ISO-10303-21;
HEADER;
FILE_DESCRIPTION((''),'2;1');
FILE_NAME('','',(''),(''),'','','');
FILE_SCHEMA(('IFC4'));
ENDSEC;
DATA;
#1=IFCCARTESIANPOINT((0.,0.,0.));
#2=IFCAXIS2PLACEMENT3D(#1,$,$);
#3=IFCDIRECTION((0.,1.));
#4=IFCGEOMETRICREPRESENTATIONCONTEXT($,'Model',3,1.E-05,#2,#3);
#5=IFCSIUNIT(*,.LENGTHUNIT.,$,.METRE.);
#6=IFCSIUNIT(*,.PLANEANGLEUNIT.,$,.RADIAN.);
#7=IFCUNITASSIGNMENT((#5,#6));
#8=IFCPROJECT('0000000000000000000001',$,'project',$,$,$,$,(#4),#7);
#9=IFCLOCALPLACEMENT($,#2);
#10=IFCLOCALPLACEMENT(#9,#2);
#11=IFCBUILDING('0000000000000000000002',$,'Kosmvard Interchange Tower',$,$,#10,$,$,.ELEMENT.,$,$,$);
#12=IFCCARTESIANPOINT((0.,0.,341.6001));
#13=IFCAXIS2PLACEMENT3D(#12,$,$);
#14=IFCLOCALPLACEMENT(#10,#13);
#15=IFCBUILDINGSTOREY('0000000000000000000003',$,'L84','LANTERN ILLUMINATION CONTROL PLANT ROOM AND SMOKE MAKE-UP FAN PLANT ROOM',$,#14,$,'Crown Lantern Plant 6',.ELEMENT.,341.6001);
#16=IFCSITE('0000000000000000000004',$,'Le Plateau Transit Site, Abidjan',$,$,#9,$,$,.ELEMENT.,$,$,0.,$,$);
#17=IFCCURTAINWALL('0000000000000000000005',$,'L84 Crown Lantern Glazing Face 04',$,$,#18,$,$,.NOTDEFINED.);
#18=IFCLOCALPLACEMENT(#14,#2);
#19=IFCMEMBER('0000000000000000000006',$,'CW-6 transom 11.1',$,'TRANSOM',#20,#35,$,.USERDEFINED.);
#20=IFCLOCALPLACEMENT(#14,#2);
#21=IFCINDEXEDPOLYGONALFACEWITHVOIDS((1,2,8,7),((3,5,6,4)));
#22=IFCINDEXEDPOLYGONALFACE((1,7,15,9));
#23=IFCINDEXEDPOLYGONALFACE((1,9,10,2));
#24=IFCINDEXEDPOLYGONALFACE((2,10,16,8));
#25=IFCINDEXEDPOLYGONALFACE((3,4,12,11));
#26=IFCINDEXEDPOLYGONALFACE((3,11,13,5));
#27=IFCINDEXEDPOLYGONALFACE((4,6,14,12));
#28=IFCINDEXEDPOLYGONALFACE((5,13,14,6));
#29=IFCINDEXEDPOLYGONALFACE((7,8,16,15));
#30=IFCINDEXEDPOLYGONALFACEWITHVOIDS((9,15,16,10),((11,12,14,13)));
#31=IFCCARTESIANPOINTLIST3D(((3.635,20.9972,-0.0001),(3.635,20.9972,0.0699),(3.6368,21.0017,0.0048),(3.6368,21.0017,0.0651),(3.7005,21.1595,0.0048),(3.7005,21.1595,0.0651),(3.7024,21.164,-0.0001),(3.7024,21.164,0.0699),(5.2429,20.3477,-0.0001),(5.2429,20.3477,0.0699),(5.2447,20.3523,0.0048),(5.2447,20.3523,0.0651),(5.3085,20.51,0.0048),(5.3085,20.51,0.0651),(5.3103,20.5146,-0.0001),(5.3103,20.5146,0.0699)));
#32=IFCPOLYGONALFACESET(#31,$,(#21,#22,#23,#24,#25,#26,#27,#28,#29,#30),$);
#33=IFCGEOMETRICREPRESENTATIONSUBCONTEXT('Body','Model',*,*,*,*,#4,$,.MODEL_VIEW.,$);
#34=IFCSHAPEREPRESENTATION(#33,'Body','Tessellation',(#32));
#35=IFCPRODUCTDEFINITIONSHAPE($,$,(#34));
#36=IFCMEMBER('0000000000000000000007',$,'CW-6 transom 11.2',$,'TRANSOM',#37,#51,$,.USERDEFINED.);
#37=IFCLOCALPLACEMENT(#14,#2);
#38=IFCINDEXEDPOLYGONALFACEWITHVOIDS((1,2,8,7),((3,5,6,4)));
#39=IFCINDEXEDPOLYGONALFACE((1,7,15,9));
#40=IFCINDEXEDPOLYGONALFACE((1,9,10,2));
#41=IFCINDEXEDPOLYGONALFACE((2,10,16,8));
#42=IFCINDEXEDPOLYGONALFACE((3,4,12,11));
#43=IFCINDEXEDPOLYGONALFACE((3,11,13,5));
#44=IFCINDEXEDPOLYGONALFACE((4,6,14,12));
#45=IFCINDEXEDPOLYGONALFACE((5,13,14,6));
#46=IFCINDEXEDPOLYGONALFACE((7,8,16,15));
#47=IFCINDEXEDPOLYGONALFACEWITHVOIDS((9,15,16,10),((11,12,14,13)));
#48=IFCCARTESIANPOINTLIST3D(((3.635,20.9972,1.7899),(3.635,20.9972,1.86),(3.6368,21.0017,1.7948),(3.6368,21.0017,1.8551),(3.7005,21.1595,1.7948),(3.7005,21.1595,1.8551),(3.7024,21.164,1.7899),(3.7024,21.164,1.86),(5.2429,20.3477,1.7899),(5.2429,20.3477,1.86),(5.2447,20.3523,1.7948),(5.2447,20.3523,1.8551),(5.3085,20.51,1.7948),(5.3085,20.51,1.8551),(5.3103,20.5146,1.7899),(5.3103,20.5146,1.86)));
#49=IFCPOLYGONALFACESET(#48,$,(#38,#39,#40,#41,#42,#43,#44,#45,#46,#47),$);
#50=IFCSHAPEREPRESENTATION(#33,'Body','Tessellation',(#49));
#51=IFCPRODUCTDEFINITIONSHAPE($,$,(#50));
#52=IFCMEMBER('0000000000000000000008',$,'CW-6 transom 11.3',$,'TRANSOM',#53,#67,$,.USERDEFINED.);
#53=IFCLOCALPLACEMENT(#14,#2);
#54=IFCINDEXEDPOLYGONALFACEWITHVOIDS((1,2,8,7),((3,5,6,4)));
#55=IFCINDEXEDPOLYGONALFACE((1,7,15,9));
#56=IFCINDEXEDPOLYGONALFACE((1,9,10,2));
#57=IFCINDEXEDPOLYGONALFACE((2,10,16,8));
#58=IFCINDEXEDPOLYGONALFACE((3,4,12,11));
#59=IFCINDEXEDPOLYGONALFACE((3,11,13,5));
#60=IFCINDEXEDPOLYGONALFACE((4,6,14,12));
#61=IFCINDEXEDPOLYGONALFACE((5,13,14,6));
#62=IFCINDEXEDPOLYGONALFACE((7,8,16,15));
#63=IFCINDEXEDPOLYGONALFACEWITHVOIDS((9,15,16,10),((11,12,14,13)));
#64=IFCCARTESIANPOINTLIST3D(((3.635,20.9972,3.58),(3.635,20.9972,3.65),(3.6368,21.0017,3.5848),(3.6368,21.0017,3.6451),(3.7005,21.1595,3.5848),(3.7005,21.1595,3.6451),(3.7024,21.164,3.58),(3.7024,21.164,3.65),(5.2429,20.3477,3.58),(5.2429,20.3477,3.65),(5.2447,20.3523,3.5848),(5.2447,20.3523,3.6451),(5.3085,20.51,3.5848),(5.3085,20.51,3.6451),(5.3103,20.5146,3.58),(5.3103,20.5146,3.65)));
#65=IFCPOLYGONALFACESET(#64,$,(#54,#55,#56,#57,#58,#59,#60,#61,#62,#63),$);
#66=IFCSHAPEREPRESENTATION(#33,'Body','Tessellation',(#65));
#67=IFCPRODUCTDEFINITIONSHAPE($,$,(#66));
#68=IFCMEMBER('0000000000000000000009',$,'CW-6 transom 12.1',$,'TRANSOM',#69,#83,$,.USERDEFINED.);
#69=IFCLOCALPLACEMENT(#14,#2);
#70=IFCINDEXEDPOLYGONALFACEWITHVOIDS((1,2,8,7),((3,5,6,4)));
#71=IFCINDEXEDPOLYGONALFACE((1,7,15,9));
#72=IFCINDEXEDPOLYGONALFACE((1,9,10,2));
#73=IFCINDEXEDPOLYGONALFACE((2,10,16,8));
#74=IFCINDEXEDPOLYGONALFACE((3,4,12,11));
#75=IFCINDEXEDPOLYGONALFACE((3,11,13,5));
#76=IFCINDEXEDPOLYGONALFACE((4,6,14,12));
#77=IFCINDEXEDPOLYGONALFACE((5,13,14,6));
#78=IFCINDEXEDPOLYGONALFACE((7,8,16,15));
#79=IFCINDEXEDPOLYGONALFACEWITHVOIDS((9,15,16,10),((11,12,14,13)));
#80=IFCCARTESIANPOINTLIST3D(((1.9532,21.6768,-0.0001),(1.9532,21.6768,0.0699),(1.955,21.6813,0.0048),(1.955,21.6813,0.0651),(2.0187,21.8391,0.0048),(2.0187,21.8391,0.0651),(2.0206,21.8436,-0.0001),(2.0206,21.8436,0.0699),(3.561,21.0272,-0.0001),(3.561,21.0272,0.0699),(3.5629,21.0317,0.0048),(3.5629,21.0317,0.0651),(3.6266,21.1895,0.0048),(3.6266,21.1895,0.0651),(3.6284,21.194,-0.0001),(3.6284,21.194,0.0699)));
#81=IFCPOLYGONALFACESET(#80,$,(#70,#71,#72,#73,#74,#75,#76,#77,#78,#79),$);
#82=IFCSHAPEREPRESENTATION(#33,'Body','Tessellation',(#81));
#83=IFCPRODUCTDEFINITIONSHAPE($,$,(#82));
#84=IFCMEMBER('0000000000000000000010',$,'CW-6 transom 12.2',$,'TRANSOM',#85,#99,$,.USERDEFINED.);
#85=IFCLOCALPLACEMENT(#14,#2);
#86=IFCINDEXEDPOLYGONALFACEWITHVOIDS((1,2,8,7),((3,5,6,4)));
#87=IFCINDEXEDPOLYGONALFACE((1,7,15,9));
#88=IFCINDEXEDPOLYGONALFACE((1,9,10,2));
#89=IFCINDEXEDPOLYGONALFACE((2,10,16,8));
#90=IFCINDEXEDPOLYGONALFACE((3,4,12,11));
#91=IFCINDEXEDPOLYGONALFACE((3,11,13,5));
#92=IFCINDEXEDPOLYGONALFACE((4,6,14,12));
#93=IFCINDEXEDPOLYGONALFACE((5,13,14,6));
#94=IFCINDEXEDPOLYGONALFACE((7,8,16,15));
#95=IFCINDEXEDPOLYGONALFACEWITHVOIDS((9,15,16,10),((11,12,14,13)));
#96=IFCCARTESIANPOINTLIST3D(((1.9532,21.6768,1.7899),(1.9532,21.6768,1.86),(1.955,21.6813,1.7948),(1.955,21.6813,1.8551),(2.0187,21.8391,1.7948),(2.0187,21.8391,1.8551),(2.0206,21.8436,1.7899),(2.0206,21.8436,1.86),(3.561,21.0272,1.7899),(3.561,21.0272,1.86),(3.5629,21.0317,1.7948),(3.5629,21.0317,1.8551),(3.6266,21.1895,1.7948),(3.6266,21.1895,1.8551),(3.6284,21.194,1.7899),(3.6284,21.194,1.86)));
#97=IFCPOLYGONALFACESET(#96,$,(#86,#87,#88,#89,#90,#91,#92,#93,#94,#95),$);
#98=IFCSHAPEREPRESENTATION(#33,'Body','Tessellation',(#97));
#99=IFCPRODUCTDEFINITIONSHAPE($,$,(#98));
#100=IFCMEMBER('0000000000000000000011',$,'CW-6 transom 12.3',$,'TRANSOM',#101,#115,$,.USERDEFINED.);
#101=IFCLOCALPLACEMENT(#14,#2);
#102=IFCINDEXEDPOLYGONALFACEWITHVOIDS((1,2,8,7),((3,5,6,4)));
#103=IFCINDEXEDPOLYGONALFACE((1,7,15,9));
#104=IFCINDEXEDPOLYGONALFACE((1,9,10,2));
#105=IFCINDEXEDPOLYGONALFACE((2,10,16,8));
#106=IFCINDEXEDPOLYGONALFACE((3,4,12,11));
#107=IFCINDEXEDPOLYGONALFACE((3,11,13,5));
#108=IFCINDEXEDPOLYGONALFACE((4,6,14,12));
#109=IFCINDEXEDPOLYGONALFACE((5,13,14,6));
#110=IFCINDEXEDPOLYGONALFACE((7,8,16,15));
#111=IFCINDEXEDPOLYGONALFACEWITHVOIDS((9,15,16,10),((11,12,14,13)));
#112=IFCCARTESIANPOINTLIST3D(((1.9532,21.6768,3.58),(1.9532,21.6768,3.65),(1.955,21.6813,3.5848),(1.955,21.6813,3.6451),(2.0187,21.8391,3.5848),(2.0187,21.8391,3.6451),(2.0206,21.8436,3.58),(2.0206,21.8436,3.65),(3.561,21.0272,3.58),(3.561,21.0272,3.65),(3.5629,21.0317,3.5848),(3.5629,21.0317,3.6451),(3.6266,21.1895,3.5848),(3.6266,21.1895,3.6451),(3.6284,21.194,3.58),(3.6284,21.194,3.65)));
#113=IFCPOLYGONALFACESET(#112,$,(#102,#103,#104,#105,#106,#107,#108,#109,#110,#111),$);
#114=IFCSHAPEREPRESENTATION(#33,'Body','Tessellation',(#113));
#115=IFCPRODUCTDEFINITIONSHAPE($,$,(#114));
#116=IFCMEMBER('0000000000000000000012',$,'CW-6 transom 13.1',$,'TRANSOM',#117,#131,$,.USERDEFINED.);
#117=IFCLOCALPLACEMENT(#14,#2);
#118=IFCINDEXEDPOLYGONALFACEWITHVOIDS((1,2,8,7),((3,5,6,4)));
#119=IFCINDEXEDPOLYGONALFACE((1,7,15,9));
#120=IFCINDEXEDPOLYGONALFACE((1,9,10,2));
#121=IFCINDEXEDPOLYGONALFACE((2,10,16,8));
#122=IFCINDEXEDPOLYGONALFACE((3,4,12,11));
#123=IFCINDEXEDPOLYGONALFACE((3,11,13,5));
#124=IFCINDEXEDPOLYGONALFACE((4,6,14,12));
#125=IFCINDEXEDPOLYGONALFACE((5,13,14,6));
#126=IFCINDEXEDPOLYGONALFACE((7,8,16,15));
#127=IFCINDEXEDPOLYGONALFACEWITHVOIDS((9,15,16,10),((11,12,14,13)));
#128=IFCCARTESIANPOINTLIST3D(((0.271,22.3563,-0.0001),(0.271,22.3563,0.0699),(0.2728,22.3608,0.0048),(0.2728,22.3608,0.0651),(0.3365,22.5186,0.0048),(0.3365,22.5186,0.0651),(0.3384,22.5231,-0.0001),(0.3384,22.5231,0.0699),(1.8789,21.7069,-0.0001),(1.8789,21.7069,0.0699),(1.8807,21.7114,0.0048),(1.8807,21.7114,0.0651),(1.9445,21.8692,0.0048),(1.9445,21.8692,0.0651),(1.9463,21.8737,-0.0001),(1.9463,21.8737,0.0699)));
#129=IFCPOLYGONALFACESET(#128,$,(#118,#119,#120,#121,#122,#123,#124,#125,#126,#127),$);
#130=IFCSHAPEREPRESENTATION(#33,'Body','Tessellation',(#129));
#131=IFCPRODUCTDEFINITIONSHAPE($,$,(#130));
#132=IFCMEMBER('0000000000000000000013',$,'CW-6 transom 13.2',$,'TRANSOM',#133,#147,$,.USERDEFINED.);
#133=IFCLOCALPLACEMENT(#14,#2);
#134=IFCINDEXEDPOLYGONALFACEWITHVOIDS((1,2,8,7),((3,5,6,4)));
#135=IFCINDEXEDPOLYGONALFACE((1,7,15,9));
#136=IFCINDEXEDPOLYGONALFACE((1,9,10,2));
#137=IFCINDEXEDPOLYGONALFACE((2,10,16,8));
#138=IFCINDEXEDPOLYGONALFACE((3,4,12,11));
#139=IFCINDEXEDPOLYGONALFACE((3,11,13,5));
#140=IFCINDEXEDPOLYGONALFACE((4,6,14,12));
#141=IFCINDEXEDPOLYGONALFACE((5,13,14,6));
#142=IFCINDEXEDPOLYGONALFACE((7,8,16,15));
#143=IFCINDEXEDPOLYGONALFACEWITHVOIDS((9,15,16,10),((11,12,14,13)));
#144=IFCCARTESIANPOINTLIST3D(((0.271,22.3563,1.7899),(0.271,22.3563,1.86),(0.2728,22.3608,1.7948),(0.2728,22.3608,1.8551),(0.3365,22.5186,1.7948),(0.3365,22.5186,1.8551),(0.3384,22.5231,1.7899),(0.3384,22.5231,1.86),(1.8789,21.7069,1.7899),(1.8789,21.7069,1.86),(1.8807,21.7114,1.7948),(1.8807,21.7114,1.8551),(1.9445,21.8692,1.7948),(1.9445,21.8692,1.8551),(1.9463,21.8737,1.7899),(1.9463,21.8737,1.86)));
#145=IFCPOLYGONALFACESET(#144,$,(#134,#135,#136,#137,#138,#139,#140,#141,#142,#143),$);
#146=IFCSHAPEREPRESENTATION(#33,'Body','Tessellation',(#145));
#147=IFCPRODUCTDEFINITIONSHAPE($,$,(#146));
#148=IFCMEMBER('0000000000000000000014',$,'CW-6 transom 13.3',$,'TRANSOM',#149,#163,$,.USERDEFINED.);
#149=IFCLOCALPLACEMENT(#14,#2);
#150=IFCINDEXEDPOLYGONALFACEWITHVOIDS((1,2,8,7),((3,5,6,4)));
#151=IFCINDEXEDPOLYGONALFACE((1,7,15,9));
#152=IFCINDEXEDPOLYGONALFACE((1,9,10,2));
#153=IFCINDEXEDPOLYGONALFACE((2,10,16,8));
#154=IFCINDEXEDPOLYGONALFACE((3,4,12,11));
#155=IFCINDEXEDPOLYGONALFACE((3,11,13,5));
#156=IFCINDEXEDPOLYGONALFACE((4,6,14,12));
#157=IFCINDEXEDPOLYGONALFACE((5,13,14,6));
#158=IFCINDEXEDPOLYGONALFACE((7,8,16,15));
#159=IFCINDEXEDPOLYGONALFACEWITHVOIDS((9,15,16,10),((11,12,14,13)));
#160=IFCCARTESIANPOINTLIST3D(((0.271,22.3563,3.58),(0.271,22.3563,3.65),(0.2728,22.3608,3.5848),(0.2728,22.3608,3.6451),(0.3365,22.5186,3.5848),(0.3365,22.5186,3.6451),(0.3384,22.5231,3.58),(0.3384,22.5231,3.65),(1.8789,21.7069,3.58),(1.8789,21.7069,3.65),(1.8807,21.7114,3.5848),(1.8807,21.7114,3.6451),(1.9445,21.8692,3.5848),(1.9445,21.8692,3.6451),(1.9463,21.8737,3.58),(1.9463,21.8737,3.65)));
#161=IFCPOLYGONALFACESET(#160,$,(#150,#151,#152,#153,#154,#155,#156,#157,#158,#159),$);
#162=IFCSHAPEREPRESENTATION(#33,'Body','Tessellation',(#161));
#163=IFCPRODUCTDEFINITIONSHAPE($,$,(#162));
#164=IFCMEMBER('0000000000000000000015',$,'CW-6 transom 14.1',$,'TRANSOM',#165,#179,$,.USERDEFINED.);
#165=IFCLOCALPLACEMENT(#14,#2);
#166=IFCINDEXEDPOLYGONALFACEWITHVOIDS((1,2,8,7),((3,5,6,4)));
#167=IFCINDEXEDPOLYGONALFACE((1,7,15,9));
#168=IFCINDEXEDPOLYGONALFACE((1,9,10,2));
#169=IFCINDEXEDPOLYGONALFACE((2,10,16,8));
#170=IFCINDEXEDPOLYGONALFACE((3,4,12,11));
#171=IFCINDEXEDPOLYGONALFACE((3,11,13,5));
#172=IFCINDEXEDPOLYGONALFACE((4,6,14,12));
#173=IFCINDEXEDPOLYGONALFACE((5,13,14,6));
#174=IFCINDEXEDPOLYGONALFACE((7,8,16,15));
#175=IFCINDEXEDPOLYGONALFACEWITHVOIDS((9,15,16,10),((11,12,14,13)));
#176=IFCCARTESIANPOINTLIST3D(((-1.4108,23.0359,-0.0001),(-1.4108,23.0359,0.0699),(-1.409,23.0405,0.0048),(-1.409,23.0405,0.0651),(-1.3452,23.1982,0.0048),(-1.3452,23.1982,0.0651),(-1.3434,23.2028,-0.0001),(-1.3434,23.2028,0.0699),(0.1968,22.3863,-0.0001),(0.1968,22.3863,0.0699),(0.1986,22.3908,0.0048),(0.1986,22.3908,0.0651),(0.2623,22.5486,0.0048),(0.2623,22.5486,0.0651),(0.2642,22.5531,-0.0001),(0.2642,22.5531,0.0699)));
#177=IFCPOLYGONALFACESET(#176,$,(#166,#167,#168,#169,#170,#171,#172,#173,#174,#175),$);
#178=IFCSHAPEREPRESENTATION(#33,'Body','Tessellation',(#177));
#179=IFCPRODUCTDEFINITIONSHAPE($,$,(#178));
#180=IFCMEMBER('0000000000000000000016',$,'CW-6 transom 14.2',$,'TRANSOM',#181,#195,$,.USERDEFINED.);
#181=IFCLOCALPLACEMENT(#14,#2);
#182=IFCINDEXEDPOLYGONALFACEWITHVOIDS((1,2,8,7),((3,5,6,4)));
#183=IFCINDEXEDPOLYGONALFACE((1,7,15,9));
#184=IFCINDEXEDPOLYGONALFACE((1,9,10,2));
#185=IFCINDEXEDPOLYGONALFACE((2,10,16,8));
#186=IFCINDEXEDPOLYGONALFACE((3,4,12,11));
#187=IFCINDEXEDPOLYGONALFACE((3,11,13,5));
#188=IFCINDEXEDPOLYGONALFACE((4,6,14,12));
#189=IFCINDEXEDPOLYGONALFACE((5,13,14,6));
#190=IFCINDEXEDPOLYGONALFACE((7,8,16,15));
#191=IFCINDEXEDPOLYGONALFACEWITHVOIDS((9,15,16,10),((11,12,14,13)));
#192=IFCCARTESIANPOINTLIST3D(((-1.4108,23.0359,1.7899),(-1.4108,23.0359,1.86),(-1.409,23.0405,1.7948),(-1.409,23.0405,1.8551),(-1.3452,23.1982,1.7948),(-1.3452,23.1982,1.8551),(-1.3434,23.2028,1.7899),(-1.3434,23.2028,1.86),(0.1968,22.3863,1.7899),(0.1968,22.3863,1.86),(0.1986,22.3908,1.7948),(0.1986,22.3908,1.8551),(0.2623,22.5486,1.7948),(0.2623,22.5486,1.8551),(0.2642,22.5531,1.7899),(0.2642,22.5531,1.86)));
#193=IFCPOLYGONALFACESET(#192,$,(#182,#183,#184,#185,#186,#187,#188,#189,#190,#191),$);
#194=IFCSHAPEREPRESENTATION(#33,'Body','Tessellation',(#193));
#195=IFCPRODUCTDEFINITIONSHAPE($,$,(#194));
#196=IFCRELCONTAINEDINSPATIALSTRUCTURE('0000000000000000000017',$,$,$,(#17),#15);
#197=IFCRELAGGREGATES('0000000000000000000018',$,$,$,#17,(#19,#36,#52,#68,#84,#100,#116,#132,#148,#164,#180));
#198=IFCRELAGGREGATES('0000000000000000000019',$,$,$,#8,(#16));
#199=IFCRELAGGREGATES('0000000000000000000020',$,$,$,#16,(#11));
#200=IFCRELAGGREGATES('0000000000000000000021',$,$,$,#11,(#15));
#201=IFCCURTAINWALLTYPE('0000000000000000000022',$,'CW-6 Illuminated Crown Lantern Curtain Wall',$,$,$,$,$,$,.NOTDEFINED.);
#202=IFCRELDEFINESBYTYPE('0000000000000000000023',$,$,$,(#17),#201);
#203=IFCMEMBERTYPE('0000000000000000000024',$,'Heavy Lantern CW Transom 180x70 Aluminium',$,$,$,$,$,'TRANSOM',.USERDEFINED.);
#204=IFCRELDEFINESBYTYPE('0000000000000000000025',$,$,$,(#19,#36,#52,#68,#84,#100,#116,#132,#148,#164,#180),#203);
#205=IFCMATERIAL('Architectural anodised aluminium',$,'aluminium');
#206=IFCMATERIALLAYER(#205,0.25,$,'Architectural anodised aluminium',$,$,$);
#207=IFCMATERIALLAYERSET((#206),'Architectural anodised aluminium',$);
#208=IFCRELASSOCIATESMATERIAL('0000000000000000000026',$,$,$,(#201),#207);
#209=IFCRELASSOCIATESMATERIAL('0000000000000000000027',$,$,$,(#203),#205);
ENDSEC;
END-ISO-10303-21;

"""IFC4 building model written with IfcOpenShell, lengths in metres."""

from ifc_helpers import new_model, si_unit, direction, frame, origin, origin_2d, place, context, subcontext, project, spatial, hollow_rectangle, extrude, source, transform, mapped, material, layer, layer_set, material_profile, profile_set, type_object, element, aggregate, save


model = new_model("IFC4")

# Units and contexts
model_context = context("Model", 3, precision=1e-05, world=origin(), true_north=direction((0.0, 1.0)))
body_context = subcontext(model_context, "Body", "Model", "MODEL_VIEW")
ifc_project = project(units=[si_unit("LENGTHUNIT", "METRE"), si_unit("PLANEANGLEUNIT", "RADIAN")], contexts=[model_context])

# Site, building, storey
site_placement = place(None, origin())
site = spatial("IfcSite", under=ifc_project, at=site_placement, Name="Le Plateau Transit Site, Abidjan", CompositionType="ELEMENT", RefElevation=0.0)
building_placement = place(site_placement, origin())
building = spatial("IfcBuilding", under=site, at=building_placement, Name="Kosmvard Interchange Tower", CompositionType="ELEMENT")
storey_placement = place(building_placement, frame((0.0, 0.0, 341.6001)))
storey = spatial("IfcBuildingStorey", under=building, at=storey_placement, Name="L84", Description="LANTERN ILLUMINATION CONTROL PLANT ROOM AND SMOKE MAKE-UP FAN PLANT ROOM", LongName="Crown Lantern Plant 6", CompositionType="ELEMENT", Elevation=341.6001)

# Curtain wall, members
ifc_material_1 = material(Name="Architectural anodised aluminium", Category="aluminium")
ifc_layer_1 = layer(ifc_material_1, 0.25, Name="Architectural anodised aluminium")
ifc_layer_set_1 = layer_set([ifc_layer_1], Name="Architectural anodised aluminium")
curtain_wall_type = type_object("IfcCurtainWallType", Name="CW-6 Illuminated Crown Lantern Curtain Wall", PredefinedType="NOTDEFINED", material=ifc_layer_set_1)
curtain_wall_placement = place(storey_placement, origin())
curtain_wall = element("IfcCurtainWall", 1, at=curtain_wall_placement, inside=storey, type_object=curtain_wall_type, Name="L84 Crown Lantern Glazing Face 04", PredefinedType="NOTDEFINED")
ifc_material_profile_1 = material_profile(ifc_material_1, hollow_rectangle(XDim=0.1799, YDim=0.0701, WallThickness=0.0049, at=origin_2d()), Name="CWT 180x70x5")
ifc_profile_set_1 = profile_set([ifc_material_profile_1], Name="Architectural anodised aluminium")
member_type_1 = type_object("IfcMemberType", Name="Heavy Lantern CW Transom 180x70 Aluminium", ElementType="TRANSOM", PredefinedType="USERDEFINED", material=ifc_profile_set_1)
shared_shape_1 = source(origin(), body_context, "Body", "SweptSolid", [
    extrude(hollow_rectangle(XDim=0.1799, YDim=0.0701, WallThickness=0.0049, at=origin_2d()), origin(), (0.0, 0.0, 1.0), 1.7341),
])
member_1_placement = place(storey_placement, frame((5.2766, 20.4312, 0.0349), z_axis=(-0.927229, 0.374496, 0.0), x_axis=(-0.374496, -0.927229, 0.0)))
member_1 = element("IfcMember", 2, at=member_1_placement, type_object=member_type_1, Name="CW-6 transom 11.1", ObjectType="TRANSOM", PredefinedType="USERDEFINED", context=body_context, shape_type="MappedRepresentation", body=[
    mapped(shared_shape_1, transform((0.0, 0.0, 0.0), scale=1.0)),
])
member_2_placement = place(storey_placement, frame((5.2766, 20.4312, 1.825), z_axis=(-0.927229, 0.374496, 0.0), x_axis=(-0.374496, -0.927229, 0.0)))
member_2 = element("IfcMember", 3, at=member_2_placement, type_object=member_type_1, Name="CW-6 transom 11.2", ObjectType="TRANSOM", PredefinedType="USERDEFINED", context=body_context, shape_type="MappedRepresentation", body=[
    mapped(shared_shape_1, transform((0.0, 0.0, 0.0), scale=1.0)),
])
member_3_placement = place(storey_placement, frame((5.2766, 20.4312, 3.615), z_axis=(-0.927229, 0.374496, 0.0), x_axis=(-0.374496, -0.927229, 0.0)))
member_3 = element("IfcMember", 4, at=member_3_placement, type_object=member_type_1, Name="CW-6 transom 11.3", ObjectType="TRANSOM", PredefinedType="USERDEFINED", context=body_context, shape_type="MappedRepresentation", body=[
    mapped(shared_shape_1, transform((0.0, 0.0, 0.0), scale=1.0)),
])
member_4_placement = place(storey_placement, frame((3.5947, 21.1106, 0.0349), z_axis=(-0.92718, 0.374617, 0.0), x_axis=(-0.374617, -0.92718, 0.0)))
member_4 = element("IfcMember", 5, at=member_4_placement, type_object=member_type_1, Name="CW-6 transom 12.1", ObjectType="TRANSOM", PredefinedType="USERDEFINED", context=body_context, shape_type="MappedRepresentation", body=[
    mapped(shared_shape_1, transform((0.0, 0.0, 0.0), scale=1.0)),
])
member_5_placement = place(storey_placement, frame((3.5947, 21.1106, 1.825), z_axis=(-0.92718, 0.374617, 0.0), x_axis=(-0.374617, -0.92718, 0.0)))
member_5 = element("IfcMember", 6, at=member_5_placement, type_object=member_type_1, Name="CW-6 transom 12.2", ObjectType="TRANSOM", PredefinedType="USERDEFINED", context=body_context, shape_type="MappedRepresentation", body=[
    mapped(shared_shape_1, transform((0.0, 0.0, 0.0), scale=1.0)),
])
member_6_placement = place(storey_placement, frame((3.5947, 21.1106, 3.615), z_axis=(-0.92718, 0.374617, 0.0), x_axis=(-0.374617, -0.92718, 0.0)))
member_6 = element("IfcMember", 7, at=member_6_placement, type_object=member_type_1, Name="CW-6 transom 12.3", ObjectType="TRANSOM", PredefinedType="USERDEFINED", context=body_context, shape_type="MappedRepresentation", body=[
    mapped(shared_shape_1, transform((0.0, 0.0, 0.0), scale=1.0)),
])
member_7_placement = place(storey_placement, frame((1.9126, 21.7903, 0.0349), z_axis=(-0.927229, 0.374496, 0.0), x_axis=(-0.374496, -0.927229, 0.0)))
member_7 = element("IfcMember", 8, at=member_7_placement, type_object=member_type_1, Name="CW-6 transom 13.1", ObjectType="TRANSOM", PredefinedType="USERDEFINED", context=body_context, shape_type="MappedRepresentation", body=[
    mapped(shared_shape_1, transform((0.0, 0.0, 0.0), scale=1.0)),
])
member_8_placement = place(storey_placement, frame((1.9126, 21.7903, 1.825), z_axis=(-0.927229, 0.374496, 0.0), x_axis=(-0.374496, -0.927229, 0.0)))
member_8 = element("IfcMember", 9, at=member_8_placement, type_object=member_type_1, Name="CW-6 transom 13.2", ObjectType="TRANSOM", PredefinedType="USERDEFINED", context=body_context, shape_type="MappedRepresentation", body=[
    mapped(shared_shape_1, transform((0.0, 0.0, 0.0), scale=1.0)),
])
member_9_placement = place(storey_placement, frame((1.9126, 21.7903, 3.615), z_axis=(-0.927229, 0.374496, 0.0), x_axis=(-0.374496, -0.927229, 0.0)))
member_9 = element("IfcMember", 10, at=member_9_placement, type_object=member_type_1, Name="CW-6 transom 13.3", ObjectType="TRANSOM", PredefinedType="USERDEFINED", context=body_context, shape_type="MappedRepresentation", body=[
    mapped(shared_shape_1, transform((0.0, 0.0, 0.0), scale=1.0)),
])
shared_shape_2 = source(origin(), body_context, "Body", "SweptSolid", [
    extrude(hollow_rectangle(XDim=0.1799, YDim=0.0701, WallThickness=0.0049, at=origin_2d()), origin(), (0.0, 0.0, 1.0), 1.7339),
])
member_10_placement = place(storey_placement, frame((0.2305, 22.4697, 0.0349), z_axis=(-0.92716, 0.374666, 0.0), x_axis=(-0.374666, -0.92716, 0.0)))
member_10 = element("IfcMember", 11, at=member_10_placement, type_object=member_type_1, Name="CW-6 transom 14.1", ObjectType="TRANSOM", PredefinedType="USERDEFINED", context=body_context, shape_type="MappedRepresentation", body=[
    mapped(shared_shape_2, transform((0.0, 0.0, 0.0), scale=1.0)),
])
member_11_placement = place(storey_placement, frame((0.2305, 22.4697, 1.825), z_axis=(-0.92716, 0.374666, 0.0), x_axis=(-0.374666, -0.92716, 0.0)))
member_11 = element("IfcMember", 12, at=member_11_placement, type_object=member_type_1, Name="CW-6 transom 14.2", ObjectType="TRANSOM", PredefinedType="USERDEFINED", context=body_context, shape_type="MappedRepresentation", body=[
    mapped(shared_shape_2, transform((0.0, 0.0, 0.0), scale=1.0)),
])
aggregate(curtain_wall, [member_1, member_2, member_3, member_4, member_5, member_6, member_7, member_8, member_9, member_10, member_11])

save(model, "model.ifc")
